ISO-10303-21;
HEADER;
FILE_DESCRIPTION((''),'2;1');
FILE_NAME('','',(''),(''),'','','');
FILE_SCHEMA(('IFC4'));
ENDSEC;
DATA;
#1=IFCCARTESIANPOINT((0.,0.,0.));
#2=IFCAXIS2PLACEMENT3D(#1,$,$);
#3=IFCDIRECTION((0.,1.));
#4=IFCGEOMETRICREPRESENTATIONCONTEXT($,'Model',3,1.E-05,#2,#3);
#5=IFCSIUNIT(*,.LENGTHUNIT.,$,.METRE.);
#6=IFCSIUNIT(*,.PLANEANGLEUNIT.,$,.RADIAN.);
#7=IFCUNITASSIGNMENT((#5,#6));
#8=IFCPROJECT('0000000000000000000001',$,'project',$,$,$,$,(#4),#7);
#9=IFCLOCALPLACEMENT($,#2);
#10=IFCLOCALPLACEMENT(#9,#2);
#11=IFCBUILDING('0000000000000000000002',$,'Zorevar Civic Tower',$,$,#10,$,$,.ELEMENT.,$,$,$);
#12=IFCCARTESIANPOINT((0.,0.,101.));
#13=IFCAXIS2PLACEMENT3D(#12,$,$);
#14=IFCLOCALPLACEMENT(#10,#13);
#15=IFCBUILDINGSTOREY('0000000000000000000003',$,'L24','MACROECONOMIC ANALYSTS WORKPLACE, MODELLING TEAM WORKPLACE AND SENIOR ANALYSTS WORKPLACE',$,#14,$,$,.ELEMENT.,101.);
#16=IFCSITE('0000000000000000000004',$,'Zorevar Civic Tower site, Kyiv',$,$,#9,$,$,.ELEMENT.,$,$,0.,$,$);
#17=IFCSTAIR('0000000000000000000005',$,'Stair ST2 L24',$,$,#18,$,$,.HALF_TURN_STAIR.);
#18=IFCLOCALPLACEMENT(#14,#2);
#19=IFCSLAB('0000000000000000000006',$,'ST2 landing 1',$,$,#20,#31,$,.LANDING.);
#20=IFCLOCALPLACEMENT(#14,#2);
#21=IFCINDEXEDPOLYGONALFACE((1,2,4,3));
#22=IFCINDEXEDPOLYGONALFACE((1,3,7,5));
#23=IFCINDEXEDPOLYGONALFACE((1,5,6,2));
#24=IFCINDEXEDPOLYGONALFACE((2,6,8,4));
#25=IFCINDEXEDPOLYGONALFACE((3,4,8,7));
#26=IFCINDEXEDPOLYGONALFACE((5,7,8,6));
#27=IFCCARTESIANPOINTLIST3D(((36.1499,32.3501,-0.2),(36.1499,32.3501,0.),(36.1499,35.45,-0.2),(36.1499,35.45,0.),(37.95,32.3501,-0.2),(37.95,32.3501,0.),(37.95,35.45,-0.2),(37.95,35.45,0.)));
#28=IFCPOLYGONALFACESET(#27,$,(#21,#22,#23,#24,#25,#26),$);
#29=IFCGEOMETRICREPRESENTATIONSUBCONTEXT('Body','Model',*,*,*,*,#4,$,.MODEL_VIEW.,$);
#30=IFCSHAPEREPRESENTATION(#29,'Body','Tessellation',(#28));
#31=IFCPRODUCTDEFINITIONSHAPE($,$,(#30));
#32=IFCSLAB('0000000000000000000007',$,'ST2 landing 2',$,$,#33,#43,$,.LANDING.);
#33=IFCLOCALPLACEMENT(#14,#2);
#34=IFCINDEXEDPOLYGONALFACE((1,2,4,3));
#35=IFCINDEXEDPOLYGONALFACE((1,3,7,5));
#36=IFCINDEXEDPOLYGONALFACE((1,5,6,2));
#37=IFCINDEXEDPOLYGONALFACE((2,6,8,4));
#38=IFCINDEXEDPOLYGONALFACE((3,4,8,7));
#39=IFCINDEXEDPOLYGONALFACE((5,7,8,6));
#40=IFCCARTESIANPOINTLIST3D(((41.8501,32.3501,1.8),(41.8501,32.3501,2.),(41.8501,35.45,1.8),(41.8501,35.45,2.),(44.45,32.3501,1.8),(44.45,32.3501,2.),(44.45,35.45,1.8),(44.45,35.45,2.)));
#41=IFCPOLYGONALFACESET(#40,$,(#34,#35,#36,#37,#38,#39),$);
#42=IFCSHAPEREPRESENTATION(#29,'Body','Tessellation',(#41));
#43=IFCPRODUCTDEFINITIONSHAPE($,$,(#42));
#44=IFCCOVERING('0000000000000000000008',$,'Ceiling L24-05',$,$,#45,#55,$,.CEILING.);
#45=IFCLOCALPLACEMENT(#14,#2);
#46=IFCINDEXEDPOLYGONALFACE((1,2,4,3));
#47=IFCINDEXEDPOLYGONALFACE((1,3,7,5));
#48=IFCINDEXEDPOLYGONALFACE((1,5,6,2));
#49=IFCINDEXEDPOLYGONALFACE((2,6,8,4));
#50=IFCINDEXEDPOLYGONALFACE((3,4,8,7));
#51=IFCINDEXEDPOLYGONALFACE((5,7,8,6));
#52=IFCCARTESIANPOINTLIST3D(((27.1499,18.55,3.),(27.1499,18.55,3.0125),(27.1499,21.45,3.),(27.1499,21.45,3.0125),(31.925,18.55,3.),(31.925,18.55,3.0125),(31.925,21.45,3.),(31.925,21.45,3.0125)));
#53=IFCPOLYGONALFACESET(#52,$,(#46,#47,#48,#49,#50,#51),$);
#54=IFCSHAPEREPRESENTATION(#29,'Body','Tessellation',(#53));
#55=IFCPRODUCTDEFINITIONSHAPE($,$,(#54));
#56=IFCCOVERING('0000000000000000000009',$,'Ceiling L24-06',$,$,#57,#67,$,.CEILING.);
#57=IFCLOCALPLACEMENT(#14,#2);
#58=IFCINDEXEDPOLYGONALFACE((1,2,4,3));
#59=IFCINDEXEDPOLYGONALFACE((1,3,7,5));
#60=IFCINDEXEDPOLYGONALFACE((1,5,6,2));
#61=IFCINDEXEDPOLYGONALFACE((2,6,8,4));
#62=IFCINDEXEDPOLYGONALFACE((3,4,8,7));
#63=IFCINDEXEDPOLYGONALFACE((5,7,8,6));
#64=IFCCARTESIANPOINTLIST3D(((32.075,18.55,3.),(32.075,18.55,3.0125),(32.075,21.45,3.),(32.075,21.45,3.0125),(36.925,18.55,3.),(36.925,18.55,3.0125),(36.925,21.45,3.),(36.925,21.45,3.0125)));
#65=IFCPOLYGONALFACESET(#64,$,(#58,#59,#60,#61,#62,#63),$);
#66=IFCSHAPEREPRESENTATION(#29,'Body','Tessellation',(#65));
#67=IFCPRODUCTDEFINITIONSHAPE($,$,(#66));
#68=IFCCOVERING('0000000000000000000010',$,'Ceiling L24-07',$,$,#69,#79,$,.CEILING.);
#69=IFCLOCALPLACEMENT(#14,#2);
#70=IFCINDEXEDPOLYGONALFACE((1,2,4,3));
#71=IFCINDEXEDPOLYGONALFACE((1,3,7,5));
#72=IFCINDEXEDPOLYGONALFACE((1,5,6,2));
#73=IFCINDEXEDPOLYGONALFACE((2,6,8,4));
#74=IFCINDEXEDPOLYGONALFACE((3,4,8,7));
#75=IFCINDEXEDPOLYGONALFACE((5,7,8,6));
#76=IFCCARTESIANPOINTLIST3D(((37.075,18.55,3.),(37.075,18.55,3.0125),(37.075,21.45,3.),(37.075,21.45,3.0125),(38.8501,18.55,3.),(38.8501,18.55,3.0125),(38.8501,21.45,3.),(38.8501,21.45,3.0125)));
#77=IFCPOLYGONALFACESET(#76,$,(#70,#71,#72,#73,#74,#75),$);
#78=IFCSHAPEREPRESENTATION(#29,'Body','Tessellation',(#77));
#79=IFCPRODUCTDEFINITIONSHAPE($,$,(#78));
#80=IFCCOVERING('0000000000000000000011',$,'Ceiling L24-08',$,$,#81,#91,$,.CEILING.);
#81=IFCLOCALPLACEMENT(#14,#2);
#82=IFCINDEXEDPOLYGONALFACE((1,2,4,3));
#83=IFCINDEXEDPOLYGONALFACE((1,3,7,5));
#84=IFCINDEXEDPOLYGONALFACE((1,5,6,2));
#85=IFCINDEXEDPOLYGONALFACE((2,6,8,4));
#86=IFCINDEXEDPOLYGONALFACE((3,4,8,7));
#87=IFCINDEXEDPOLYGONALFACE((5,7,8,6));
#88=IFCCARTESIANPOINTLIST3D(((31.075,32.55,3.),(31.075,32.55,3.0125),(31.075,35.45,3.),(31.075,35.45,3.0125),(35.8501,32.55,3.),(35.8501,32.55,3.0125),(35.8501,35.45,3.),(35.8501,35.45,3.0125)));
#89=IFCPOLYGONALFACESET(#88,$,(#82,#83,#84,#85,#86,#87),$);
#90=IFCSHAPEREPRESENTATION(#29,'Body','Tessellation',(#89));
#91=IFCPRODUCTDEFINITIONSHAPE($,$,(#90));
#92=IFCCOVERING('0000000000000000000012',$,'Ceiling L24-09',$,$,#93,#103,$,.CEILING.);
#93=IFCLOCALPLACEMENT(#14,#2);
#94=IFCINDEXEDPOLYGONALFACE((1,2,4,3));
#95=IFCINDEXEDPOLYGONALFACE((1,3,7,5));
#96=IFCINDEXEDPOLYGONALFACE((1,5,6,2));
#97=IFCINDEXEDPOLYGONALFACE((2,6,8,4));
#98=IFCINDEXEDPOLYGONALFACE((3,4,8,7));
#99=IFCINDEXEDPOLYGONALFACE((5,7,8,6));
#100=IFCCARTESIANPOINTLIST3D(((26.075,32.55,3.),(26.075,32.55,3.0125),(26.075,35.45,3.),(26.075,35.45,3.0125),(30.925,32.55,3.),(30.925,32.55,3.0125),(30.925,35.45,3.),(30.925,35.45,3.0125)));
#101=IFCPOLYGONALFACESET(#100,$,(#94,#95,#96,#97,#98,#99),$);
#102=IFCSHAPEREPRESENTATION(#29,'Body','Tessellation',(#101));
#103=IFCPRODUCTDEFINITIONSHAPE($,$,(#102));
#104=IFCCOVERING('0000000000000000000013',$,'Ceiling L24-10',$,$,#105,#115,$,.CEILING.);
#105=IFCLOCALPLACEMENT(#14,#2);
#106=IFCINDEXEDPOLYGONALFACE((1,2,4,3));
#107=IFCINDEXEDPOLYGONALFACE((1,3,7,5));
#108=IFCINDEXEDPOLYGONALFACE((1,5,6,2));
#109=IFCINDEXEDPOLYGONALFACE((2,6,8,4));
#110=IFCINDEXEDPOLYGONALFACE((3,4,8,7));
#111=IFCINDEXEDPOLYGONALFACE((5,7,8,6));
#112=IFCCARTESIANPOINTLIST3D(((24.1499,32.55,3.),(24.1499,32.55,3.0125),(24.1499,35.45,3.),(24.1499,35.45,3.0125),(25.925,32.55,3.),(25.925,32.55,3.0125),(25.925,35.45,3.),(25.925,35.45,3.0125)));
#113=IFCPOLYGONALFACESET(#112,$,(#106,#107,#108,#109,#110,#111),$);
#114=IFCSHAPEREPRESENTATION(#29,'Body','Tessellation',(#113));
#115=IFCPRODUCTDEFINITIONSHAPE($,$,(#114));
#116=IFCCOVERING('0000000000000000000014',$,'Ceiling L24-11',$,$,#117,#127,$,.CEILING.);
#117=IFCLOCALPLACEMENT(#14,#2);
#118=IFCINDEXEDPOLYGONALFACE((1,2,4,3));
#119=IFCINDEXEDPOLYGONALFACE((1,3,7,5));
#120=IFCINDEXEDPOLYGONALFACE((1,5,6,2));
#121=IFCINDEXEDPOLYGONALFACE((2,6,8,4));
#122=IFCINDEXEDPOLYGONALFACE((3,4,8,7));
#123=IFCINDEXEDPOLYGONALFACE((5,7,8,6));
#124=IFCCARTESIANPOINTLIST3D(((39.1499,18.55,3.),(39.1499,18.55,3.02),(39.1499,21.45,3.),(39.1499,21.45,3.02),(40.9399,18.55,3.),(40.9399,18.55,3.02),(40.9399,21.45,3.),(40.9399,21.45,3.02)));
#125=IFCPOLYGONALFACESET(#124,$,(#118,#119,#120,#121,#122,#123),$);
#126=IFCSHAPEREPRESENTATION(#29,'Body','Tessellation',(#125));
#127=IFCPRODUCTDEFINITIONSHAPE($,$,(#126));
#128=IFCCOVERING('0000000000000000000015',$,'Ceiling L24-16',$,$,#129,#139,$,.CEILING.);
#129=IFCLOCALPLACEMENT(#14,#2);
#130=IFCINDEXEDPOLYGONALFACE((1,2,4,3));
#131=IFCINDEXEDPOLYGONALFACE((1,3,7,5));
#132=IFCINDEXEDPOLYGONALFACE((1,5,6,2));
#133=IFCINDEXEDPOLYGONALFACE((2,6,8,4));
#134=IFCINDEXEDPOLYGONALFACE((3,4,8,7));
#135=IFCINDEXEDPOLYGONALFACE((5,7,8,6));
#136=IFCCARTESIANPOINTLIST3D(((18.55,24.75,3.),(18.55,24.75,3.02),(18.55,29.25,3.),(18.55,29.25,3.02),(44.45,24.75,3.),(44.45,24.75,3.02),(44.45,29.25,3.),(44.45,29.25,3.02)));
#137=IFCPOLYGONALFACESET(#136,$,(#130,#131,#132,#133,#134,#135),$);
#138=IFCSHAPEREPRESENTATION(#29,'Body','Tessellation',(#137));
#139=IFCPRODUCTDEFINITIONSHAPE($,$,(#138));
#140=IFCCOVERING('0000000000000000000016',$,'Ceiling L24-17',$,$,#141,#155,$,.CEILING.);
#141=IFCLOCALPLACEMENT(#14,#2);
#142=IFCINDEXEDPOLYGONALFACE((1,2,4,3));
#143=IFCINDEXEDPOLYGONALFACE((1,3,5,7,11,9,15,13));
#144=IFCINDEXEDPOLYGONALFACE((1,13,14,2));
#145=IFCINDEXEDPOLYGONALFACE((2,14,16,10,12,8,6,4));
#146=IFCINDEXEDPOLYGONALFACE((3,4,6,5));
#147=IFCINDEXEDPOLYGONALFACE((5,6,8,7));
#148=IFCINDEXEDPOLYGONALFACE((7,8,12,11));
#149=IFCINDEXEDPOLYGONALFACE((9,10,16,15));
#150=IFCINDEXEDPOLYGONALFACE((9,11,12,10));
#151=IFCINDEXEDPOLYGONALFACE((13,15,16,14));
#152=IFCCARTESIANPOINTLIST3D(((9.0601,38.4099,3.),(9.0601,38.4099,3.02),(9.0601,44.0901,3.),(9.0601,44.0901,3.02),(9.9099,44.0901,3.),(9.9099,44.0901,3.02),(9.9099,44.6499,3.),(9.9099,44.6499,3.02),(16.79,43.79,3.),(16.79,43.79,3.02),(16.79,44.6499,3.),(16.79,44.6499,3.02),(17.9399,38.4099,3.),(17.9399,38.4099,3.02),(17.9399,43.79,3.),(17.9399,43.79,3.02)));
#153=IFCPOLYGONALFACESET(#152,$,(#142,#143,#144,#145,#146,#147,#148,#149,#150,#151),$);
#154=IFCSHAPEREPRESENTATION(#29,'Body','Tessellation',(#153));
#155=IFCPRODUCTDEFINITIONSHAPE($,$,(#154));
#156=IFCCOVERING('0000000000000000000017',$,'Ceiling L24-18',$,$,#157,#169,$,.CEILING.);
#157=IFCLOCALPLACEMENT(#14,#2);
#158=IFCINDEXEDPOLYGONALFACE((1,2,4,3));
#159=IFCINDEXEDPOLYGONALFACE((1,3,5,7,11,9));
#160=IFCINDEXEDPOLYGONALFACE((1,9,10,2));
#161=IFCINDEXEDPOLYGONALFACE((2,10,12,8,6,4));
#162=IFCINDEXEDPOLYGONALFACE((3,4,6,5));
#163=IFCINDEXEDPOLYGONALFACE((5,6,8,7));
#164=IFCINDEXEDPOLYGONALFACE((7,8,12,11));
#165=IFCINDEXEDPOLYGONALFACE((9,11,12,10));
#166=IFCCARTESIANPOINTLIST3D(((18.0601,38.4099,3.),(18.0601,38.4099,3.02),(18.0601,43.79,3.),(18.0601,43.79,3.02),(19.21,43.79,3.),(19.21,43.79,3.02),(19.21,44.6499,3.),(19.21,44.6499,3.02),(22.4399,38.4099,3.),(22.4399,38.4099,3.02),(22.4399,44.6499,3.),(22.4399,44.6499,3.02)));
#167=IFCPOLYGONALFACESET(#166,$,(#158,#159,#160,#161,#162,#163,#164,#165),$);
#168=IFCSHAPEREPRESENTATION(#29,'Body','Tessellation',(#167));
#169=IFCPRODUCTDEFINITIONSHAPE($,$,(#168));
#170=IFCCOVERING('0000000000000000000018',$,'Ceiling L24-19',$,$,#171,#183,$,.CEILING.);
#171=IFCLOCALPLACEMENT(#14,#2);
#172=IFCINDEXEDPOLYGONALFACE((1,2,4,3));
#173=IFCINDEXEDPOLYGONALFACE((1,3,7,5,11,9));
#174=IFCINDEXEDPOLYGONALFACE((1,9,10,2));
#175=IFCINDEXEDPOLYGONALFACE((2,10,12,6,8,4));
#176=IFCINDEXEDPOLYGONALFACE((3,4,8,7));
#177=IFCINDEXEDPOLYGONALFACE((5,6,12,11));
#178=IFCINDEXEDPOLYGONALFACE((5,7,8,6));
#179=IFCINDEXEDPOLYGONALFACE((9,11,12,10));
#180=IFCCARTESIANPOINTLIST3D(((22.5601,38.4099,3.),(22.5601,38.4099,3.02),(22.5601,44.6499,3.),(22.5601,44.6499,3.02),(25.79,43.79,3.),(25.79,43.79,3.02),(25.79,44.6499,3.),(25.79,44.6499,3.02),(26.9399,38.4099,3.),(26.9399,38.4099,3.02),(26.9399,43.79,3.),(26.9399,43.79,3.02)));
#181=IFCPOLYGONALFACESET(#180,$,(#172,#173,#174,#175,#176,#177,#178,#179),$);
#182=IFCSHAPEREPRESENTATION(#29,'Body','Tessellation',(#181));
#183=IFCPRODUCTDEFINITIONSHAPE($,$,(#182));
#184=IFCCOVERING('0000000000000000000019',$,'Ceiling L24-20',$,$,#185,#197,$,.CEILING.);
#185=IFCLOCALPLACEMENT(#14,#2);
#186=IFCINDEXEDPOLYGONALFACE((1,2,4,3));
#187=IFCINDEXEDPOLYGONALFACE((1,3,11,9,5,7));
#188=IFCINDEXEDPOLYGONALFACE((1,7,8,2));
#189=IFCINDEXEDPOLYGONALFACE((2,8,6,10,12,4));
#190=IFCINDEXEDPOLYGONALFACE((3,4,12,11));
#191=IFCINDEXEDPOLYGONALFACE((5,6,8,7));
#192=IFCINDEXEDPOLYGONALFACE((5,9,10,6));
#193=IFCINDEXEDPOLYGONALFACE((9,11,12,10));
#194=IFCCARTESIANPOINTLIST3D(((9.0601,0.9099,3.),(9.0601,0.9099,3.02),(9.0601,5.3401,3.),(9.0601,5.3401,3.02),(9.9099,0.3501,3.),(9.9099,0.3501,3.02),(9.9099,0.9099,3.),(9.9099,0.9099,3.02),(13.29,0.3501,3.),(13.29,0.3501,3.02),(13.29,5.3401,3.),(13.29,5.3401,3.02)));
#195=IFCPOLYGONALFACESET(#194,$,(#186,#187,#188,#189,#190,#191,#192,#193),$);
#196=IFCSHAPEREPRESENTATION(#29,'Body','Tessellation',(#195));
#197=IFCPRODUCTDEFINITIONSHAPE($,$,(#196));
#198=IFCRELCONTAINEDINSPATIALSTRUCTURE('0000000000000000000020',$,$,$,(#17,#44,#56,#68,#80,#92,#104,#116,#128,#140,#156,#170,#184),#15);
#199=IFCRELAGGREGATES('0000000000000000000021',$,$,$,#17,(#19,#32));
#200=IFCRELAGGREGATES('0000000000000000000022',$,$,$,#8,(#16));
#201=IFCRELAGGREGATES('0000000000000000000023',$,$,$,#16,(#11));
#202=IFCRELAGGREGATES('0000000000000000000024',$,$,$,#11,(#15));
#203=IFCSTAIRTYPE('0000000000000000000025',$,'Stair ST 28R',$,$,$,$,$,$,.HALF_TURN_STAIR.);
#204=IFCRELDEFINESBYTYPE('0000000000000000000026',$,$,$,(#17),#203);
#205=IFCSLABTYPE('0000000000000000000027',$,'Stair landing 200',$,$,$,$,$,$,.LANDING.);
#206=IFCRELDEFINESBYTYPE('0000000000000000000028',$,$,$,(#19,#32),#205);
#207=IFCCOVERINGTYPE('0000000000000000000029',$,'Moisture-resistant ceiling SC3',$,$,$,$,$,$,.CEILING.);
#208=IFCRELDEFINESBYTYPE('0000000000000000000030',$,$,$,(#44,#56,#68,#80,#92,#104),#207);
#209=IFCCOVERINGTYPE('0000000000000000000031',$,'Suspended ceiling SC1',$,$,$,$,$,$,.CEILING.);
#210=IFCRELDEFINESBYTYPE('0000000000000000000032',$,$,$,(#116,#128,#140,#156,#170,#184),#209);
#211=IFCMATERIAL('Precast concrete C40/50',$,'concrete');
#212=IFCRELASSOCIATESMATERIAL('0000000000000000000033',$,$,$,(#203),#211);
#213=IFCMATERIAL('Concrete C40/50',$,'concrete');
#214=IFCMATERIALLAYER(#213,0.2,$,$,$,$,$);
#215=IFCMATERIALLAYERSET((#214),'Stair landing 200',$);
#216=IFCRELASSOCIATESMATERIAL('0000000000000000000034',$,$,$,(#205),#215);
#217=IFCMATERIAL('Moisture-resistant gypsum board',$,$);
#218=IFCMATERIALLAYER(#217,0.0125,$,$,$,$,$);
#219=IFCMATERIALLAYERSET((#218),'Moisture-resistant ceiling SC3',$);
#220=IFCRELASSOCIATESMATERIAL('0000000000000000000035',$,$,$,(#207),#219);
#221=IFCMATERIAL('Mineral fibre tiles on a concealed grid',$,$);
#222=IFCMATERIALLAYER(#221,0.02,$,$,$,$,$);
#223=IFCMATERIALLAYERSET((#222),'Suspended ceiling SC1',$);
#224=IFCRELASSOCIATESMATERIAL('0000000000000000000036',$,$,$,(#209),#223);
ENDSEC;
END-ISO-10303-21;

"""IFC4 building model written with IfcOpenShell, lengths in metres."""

from ifc_helpers import new_model, si_unit, direction, frame, origin, place, context, subcontext, project, spatial, polyline, outline, extrude, material, layer, layer_set, type_object, element, aggregate, save


model = new_model("IFC4")

# Units and contexts
model_context = context("Model", 3, precision=1e-05, world=origin(), true_north=direction((0.0, 1.0)))
body_context = subcontext(model_context, "Body", "Model", "MODEL_VIEW")
ifc_project = project(units=[si_unit("LENGTHUNIT", "METRE"), si_unit("PLANEANGLEUNIT", "RADIAN")], contexts=[model_context])

# Site, building, storey
site_placement = place(None, origin())
site = spatial("IfcSite", under=ifc_project, at=site_placement, Name="Zorevar Civic Tower site, Kyiv", CompositionType="ELEMENT", RefElevation=0.0)
building_placement = place(site_placement, origin())
building = spatial("IfcBuilding", under=site, at=building_placement, Name="Zorevar Civic Tower", CompositionType="ELEMENT")
storey_placement = place(building_placement, frame((0.0, 0.0, 101.0)))
storey = spatial("IfcBuildingStorey", under=building, at=storey_placement, Name="L24", Description="MACROECONOMIC ANALYSTS WORKPLACE, MODELLING TEAM WORKPLACE AND SENIOR ANALYSTS WORKPLACE", CompositionType="ELEMENT", Elevation=101.0)

# Stair, slabs
ifc_material_1 = material(Name="Precast concrete C40/50", Category="concrete")
stair_type = type_object("IfcStairType", Name="Stair ST 28R", PredefinedType="HALF_TURN_STAIR", material=ifc_material_1)
ifc_material_2 = material(Name="Concrete C40/50", Category="concrete")
ifc_layer_1 = layer(ifc_material_2, 0.2)
ifc_layer_set_1 = layer_set([ifc_layer_1], Name="Stair landing 200")
slab_type_1 = type_object("IfcSlabType", Name="Stair landing 200", PredefinedType="LANDING", material=ifc_layer_set_1)
stair_1_placement = place(storey_placement, origin())
stair_1 = element("IfcStair", 1, at=stair_1_placement, inside=storey, type_object=stair_type, Name="Stair ST2 L24", PredefinedType="HALF_TURN_STAIR")
slab_1_placement = place(storey_placement, frame((0.0, 0.0, -0.2)))
slab_1 = element("IfcSlab", 2, at=slab_1_placement, type_object=slab_type_1, Name="ST2 landing 1", PredefinedType="LANDING", context=body_context, shape_type="SweptSolid", body=[
    extrude(outline(polyline([(37.95, 32.3501), (36.1499, 32.3501), (36.1499, 35.45), (37.95, 35.45), (37.95, 32.3501)])), origin(), (0.0, 0.0, 1.0), 0.2),
])
slab_2_placement = place(storey_placement, frame((0.0, 0.0, 1.8)))
slab_2 = element("IfcSlab", 3, at=slab_2_placement, type_object=slab_type_1, Name="ST2 landing 2", PredefinedType="LANDING", context=body_context, shape_type="SweptSolid", body=[
    extrude(outline(polyline([(44.45, 32.3501), (41.8501, 32.3501), (41.8501, 35.45), (44.45, 35.45), (44.45, 32.3501)])), origin(), (0.0, 0.0, 1.0), 0.2),
])
aggregate(stair_1, [slab_1, slab_2])

# Coverings
ifc_material_3 = material(Name="Moisture-resistant gypsum board")
ifc_layer_2 = layer(ifc_material_3, 0.0125)
ifc_layer_set_2 = layer_set([ifc_layer_2], Name="Moisture-resistant ceiling SC3")
covering_type_1 = type_object("IfcCoveringType", Name="Moisture-resistant ceiling SC3", PredefinedType="CEILING", material=ifc_layer_set_2)
covering_1_placement = place(storey_placement, frame((0.0, 0.0, 3.0)))
element("IfcCovering", 4, at=covering_1_placement, inside=storey, type_object=covering_type_1, Name="Ceiling L24-05", PredefinedType="CEILING", context=body_context, shape_type="SweptSolid", body=[
    extrude(outline(polyline([(31.925, 18.55), (31.925, 21.45), (27.1499, 21.45), (27.1499, 18.55), (31.925, 18.55)])), origin(), (0.0, 0.0, 1.0), 0.0125),
])
covering_2_placement = place(storey_placement, frame((0.0, 0.0, 3.0)))
element("IfcCovering", 5, at=covering_2_placement, inside=storey, type_object=covering_type_1, Name="Ceiling L24-06", PredefinedType="CEILING", context=body_context, shape_type="SweptSolid", body=[
    extrude(outline(polyline([(36.925, 18.55), (36.925, 21.45), (32.075, 21.45), (32.075, 18.55), (36.925, 18.55)])), origin(), (0.0, 0.0, 1.0), 0.0125),
])
covering_3_placement = place(storey_placement, frame((0.0, 0.0, 3.0)))
element("IfcCovering", 6, at=covering_3_placement, inside=storey, type_object=covering_type_1, Name="Ceiling L24-07", PredefinedType="CEILING", context=body_context, shape_type="SweptSolid", body=[
    extrude(outline(polyline([(38.8501, 18.55), (38.8501, 21.45), (37.075, 21.45), (37.075, 18.55), (38.8501, 18.55)])), origin(), (0.0, 0.0, 1.0), 0.0125),
])
covering_4_placement = place(storey_placement, frame((0.0, 0.0, 3.0)))
element("IfcCovering", 7, at=covering_4_placement, inside=storey, type_object=covering_type_1, Name="Ceiling L24-08", PredefinedType="CEILING", context=body_context, shape_type="SweptSolid", body=[
    extrude(outline(polyline([(35.8501, 32.55), (35.8501, 35.45), (31.075, 35.45), (31.075, 32.55), (35.8501, 32.55)])), origin(), (0.0, 0.0, 1.0), 0.0125),
])
covering_5_placement = place(storey_placement, frame((0.0, 0.0, 3.0)))
element("IfcCovering", 8, at=covering_5_placement, inside=storey, type_object=covering_type_1, Name="Ceiling L24-09", PredefinedType="CEILING", context=body_context, shape_type="SweptSolid", body=[
    extrude(outline(polyline([(30.925, 32.55), (30.925, 35.45), (26.075, 35.45), (26.075, 32.55), (30.925, 32.55)])), origin(), (0.0, 0.0, 1.0), 0.0125),
])
covering_6_placement = place(storey_placement, frame((0.0, 0.0, 3.0)))
element("IfcCovering", 9, at=covering_6_placement, inside=storey, type_object=covering_type_1, Name="Ceiling L24-10", PredefinedType="CEILING", context=body_context, shape_type="SweptSolid", body=[
    extrude(outline(polyline([(25.925, 32.55), (25.925, 35.45), (24.1499, 35.45), (24.1499, 32.55), (25.925, 32.55)])), origin(), (0.0, 0.0, 1.0), 0.0125),
])
ifc_material_4 = material(Name="Mineral fibre tiles on a concealed grid")
ifc_layer_3 = layer(ifc_material_4, 0.02)
ifc_layer_set_3 = layer_set([ifc_layer_3], Name="Suspended ceiling SC1")
covering_type_2 = type_object("IfcCoveringType", Name="Suspended ceiling SC1", PredefinedType="CEILING", material=ifc_layer_set_3)
covering_7_placement = place(storey_placement, frame((0.0, 0.0, 3.0)))
element("IfcCovering", 10, at=covering_7_placement, inside=storey, type_object=covering_type_2, Name="Ceiling L24-11", PredefinedType="CEILING", context=body_context, shape_type="SweptSolid", body=[
    extrude(outline(polyline([(40.9399, 18.55), (40.9399, 21.45), (39.1499, 21.45), (39.1499, 18.55), (40.9399, 18.55)])), origin(), (0.0, 0.0, 1.0), 0.02),
])
covering_8_placement = place(storey_placement, frame((0.0, 0.0, 3.0)))
element("IfcCovering", 11, at=covering_8_placement, inside=storey, type_object=covering_type_2, Name="Ceiling L24-16", PredefinedType="CEILING", context=body_context, shape_type="SweptSolid", body=[
    extrude(outline(polyline([(44.45, 24.75), (44.45, 29.25), (18.55, 29.25), (18.55, 24.75), (44.45, 24.75)])), origin(), (0.0, 0.0, 1.0), 0.02),
])
covering_9_placement = place(storey_placement, frame((0.0, 0.0, 3.0)))
element("IfcCovering", 12, at=covering_9_placement, inside=storey, type_object=covering_type_2, Name="Ceiling L24-17", PredefinedType="CEILING", context=body_context, shape_type="SweptSolid", body=[
    extrude(outline(polyline([(9.9099, 44.0901), (9.9099, 44.6499), (16.79, 44.6499), (16.79, 43.79), (17.9399, 43.79), (17.9399, 38.4099), (9.0601, 38.4099), (9.0601, 44.0901), (9.9099, 44.0901)])), origin(), (0.0, 0.0, 1.0), 0.02),
])
covering_10_placement = place(storey_placement, frame((0.0, 0.0, 3.0)))
element("IfcCovering", 13, at=covering_10_placement, inside=storey, type_object=covering_type_2, Name="Ceiling L24-18", PredefinedType="CEILING", context=body_context, shape_type="SweptSolid", body=[
    extrude(outline(polyline([(18.0601, 38.4099), (18.0601, 43.79), (19.21, 43.79), (19.21, 44.6499), (22.4399, 44.6499), (22.4399, 38.4099), (18.0601, 38.4099)])), origin(), (0.0, 0.0, 1.0), 0.02),
])
covering_11_placement = place(storey_placement, frame((0.0, 0.0, 3.0)))
element("IfcCovering", 14, at=covering_11_placement, inside=storey, type_object=covering_type_2, Name="Ceiling L24-19", PredefinedType="CEILING", context=body_context, shape_type="SweptSolid", body=[
    extrude(outline(polyline([(22.5601, 38.4099), (22.5601, 44.6499), (25.79, 44.6499), (25.79, 43.79), (26.9399, 43.79), (26.9399, 38.4099), (22.5601, 38.4099)])), origin(), (0.0, 0.0, 1.0), 0.02),
])
covering_12_placement = place(storey_placement, frame((0.0, 0.0, 3.0)))
element("IfcCovering", 15, at=covering_12_placement, inside=storey, type_object=covering_type_2, Name="Ceiling L24-20", PredefinedType="CEILING", context=body_context, shape_type="SweptSolid", body=[
    extrude(outline(polyline([(13.29, 5.3401), (13.29, 0.3501), (9.9099, 0.3501), (9.9099, 0.9099), (9.0601, 0.9099), (9.0601, 5.3401), (13.29, 5.3401)])), origin(), (0.0, 0.0, 1.0), 0.02),
])

save(model, "model.ifc")
